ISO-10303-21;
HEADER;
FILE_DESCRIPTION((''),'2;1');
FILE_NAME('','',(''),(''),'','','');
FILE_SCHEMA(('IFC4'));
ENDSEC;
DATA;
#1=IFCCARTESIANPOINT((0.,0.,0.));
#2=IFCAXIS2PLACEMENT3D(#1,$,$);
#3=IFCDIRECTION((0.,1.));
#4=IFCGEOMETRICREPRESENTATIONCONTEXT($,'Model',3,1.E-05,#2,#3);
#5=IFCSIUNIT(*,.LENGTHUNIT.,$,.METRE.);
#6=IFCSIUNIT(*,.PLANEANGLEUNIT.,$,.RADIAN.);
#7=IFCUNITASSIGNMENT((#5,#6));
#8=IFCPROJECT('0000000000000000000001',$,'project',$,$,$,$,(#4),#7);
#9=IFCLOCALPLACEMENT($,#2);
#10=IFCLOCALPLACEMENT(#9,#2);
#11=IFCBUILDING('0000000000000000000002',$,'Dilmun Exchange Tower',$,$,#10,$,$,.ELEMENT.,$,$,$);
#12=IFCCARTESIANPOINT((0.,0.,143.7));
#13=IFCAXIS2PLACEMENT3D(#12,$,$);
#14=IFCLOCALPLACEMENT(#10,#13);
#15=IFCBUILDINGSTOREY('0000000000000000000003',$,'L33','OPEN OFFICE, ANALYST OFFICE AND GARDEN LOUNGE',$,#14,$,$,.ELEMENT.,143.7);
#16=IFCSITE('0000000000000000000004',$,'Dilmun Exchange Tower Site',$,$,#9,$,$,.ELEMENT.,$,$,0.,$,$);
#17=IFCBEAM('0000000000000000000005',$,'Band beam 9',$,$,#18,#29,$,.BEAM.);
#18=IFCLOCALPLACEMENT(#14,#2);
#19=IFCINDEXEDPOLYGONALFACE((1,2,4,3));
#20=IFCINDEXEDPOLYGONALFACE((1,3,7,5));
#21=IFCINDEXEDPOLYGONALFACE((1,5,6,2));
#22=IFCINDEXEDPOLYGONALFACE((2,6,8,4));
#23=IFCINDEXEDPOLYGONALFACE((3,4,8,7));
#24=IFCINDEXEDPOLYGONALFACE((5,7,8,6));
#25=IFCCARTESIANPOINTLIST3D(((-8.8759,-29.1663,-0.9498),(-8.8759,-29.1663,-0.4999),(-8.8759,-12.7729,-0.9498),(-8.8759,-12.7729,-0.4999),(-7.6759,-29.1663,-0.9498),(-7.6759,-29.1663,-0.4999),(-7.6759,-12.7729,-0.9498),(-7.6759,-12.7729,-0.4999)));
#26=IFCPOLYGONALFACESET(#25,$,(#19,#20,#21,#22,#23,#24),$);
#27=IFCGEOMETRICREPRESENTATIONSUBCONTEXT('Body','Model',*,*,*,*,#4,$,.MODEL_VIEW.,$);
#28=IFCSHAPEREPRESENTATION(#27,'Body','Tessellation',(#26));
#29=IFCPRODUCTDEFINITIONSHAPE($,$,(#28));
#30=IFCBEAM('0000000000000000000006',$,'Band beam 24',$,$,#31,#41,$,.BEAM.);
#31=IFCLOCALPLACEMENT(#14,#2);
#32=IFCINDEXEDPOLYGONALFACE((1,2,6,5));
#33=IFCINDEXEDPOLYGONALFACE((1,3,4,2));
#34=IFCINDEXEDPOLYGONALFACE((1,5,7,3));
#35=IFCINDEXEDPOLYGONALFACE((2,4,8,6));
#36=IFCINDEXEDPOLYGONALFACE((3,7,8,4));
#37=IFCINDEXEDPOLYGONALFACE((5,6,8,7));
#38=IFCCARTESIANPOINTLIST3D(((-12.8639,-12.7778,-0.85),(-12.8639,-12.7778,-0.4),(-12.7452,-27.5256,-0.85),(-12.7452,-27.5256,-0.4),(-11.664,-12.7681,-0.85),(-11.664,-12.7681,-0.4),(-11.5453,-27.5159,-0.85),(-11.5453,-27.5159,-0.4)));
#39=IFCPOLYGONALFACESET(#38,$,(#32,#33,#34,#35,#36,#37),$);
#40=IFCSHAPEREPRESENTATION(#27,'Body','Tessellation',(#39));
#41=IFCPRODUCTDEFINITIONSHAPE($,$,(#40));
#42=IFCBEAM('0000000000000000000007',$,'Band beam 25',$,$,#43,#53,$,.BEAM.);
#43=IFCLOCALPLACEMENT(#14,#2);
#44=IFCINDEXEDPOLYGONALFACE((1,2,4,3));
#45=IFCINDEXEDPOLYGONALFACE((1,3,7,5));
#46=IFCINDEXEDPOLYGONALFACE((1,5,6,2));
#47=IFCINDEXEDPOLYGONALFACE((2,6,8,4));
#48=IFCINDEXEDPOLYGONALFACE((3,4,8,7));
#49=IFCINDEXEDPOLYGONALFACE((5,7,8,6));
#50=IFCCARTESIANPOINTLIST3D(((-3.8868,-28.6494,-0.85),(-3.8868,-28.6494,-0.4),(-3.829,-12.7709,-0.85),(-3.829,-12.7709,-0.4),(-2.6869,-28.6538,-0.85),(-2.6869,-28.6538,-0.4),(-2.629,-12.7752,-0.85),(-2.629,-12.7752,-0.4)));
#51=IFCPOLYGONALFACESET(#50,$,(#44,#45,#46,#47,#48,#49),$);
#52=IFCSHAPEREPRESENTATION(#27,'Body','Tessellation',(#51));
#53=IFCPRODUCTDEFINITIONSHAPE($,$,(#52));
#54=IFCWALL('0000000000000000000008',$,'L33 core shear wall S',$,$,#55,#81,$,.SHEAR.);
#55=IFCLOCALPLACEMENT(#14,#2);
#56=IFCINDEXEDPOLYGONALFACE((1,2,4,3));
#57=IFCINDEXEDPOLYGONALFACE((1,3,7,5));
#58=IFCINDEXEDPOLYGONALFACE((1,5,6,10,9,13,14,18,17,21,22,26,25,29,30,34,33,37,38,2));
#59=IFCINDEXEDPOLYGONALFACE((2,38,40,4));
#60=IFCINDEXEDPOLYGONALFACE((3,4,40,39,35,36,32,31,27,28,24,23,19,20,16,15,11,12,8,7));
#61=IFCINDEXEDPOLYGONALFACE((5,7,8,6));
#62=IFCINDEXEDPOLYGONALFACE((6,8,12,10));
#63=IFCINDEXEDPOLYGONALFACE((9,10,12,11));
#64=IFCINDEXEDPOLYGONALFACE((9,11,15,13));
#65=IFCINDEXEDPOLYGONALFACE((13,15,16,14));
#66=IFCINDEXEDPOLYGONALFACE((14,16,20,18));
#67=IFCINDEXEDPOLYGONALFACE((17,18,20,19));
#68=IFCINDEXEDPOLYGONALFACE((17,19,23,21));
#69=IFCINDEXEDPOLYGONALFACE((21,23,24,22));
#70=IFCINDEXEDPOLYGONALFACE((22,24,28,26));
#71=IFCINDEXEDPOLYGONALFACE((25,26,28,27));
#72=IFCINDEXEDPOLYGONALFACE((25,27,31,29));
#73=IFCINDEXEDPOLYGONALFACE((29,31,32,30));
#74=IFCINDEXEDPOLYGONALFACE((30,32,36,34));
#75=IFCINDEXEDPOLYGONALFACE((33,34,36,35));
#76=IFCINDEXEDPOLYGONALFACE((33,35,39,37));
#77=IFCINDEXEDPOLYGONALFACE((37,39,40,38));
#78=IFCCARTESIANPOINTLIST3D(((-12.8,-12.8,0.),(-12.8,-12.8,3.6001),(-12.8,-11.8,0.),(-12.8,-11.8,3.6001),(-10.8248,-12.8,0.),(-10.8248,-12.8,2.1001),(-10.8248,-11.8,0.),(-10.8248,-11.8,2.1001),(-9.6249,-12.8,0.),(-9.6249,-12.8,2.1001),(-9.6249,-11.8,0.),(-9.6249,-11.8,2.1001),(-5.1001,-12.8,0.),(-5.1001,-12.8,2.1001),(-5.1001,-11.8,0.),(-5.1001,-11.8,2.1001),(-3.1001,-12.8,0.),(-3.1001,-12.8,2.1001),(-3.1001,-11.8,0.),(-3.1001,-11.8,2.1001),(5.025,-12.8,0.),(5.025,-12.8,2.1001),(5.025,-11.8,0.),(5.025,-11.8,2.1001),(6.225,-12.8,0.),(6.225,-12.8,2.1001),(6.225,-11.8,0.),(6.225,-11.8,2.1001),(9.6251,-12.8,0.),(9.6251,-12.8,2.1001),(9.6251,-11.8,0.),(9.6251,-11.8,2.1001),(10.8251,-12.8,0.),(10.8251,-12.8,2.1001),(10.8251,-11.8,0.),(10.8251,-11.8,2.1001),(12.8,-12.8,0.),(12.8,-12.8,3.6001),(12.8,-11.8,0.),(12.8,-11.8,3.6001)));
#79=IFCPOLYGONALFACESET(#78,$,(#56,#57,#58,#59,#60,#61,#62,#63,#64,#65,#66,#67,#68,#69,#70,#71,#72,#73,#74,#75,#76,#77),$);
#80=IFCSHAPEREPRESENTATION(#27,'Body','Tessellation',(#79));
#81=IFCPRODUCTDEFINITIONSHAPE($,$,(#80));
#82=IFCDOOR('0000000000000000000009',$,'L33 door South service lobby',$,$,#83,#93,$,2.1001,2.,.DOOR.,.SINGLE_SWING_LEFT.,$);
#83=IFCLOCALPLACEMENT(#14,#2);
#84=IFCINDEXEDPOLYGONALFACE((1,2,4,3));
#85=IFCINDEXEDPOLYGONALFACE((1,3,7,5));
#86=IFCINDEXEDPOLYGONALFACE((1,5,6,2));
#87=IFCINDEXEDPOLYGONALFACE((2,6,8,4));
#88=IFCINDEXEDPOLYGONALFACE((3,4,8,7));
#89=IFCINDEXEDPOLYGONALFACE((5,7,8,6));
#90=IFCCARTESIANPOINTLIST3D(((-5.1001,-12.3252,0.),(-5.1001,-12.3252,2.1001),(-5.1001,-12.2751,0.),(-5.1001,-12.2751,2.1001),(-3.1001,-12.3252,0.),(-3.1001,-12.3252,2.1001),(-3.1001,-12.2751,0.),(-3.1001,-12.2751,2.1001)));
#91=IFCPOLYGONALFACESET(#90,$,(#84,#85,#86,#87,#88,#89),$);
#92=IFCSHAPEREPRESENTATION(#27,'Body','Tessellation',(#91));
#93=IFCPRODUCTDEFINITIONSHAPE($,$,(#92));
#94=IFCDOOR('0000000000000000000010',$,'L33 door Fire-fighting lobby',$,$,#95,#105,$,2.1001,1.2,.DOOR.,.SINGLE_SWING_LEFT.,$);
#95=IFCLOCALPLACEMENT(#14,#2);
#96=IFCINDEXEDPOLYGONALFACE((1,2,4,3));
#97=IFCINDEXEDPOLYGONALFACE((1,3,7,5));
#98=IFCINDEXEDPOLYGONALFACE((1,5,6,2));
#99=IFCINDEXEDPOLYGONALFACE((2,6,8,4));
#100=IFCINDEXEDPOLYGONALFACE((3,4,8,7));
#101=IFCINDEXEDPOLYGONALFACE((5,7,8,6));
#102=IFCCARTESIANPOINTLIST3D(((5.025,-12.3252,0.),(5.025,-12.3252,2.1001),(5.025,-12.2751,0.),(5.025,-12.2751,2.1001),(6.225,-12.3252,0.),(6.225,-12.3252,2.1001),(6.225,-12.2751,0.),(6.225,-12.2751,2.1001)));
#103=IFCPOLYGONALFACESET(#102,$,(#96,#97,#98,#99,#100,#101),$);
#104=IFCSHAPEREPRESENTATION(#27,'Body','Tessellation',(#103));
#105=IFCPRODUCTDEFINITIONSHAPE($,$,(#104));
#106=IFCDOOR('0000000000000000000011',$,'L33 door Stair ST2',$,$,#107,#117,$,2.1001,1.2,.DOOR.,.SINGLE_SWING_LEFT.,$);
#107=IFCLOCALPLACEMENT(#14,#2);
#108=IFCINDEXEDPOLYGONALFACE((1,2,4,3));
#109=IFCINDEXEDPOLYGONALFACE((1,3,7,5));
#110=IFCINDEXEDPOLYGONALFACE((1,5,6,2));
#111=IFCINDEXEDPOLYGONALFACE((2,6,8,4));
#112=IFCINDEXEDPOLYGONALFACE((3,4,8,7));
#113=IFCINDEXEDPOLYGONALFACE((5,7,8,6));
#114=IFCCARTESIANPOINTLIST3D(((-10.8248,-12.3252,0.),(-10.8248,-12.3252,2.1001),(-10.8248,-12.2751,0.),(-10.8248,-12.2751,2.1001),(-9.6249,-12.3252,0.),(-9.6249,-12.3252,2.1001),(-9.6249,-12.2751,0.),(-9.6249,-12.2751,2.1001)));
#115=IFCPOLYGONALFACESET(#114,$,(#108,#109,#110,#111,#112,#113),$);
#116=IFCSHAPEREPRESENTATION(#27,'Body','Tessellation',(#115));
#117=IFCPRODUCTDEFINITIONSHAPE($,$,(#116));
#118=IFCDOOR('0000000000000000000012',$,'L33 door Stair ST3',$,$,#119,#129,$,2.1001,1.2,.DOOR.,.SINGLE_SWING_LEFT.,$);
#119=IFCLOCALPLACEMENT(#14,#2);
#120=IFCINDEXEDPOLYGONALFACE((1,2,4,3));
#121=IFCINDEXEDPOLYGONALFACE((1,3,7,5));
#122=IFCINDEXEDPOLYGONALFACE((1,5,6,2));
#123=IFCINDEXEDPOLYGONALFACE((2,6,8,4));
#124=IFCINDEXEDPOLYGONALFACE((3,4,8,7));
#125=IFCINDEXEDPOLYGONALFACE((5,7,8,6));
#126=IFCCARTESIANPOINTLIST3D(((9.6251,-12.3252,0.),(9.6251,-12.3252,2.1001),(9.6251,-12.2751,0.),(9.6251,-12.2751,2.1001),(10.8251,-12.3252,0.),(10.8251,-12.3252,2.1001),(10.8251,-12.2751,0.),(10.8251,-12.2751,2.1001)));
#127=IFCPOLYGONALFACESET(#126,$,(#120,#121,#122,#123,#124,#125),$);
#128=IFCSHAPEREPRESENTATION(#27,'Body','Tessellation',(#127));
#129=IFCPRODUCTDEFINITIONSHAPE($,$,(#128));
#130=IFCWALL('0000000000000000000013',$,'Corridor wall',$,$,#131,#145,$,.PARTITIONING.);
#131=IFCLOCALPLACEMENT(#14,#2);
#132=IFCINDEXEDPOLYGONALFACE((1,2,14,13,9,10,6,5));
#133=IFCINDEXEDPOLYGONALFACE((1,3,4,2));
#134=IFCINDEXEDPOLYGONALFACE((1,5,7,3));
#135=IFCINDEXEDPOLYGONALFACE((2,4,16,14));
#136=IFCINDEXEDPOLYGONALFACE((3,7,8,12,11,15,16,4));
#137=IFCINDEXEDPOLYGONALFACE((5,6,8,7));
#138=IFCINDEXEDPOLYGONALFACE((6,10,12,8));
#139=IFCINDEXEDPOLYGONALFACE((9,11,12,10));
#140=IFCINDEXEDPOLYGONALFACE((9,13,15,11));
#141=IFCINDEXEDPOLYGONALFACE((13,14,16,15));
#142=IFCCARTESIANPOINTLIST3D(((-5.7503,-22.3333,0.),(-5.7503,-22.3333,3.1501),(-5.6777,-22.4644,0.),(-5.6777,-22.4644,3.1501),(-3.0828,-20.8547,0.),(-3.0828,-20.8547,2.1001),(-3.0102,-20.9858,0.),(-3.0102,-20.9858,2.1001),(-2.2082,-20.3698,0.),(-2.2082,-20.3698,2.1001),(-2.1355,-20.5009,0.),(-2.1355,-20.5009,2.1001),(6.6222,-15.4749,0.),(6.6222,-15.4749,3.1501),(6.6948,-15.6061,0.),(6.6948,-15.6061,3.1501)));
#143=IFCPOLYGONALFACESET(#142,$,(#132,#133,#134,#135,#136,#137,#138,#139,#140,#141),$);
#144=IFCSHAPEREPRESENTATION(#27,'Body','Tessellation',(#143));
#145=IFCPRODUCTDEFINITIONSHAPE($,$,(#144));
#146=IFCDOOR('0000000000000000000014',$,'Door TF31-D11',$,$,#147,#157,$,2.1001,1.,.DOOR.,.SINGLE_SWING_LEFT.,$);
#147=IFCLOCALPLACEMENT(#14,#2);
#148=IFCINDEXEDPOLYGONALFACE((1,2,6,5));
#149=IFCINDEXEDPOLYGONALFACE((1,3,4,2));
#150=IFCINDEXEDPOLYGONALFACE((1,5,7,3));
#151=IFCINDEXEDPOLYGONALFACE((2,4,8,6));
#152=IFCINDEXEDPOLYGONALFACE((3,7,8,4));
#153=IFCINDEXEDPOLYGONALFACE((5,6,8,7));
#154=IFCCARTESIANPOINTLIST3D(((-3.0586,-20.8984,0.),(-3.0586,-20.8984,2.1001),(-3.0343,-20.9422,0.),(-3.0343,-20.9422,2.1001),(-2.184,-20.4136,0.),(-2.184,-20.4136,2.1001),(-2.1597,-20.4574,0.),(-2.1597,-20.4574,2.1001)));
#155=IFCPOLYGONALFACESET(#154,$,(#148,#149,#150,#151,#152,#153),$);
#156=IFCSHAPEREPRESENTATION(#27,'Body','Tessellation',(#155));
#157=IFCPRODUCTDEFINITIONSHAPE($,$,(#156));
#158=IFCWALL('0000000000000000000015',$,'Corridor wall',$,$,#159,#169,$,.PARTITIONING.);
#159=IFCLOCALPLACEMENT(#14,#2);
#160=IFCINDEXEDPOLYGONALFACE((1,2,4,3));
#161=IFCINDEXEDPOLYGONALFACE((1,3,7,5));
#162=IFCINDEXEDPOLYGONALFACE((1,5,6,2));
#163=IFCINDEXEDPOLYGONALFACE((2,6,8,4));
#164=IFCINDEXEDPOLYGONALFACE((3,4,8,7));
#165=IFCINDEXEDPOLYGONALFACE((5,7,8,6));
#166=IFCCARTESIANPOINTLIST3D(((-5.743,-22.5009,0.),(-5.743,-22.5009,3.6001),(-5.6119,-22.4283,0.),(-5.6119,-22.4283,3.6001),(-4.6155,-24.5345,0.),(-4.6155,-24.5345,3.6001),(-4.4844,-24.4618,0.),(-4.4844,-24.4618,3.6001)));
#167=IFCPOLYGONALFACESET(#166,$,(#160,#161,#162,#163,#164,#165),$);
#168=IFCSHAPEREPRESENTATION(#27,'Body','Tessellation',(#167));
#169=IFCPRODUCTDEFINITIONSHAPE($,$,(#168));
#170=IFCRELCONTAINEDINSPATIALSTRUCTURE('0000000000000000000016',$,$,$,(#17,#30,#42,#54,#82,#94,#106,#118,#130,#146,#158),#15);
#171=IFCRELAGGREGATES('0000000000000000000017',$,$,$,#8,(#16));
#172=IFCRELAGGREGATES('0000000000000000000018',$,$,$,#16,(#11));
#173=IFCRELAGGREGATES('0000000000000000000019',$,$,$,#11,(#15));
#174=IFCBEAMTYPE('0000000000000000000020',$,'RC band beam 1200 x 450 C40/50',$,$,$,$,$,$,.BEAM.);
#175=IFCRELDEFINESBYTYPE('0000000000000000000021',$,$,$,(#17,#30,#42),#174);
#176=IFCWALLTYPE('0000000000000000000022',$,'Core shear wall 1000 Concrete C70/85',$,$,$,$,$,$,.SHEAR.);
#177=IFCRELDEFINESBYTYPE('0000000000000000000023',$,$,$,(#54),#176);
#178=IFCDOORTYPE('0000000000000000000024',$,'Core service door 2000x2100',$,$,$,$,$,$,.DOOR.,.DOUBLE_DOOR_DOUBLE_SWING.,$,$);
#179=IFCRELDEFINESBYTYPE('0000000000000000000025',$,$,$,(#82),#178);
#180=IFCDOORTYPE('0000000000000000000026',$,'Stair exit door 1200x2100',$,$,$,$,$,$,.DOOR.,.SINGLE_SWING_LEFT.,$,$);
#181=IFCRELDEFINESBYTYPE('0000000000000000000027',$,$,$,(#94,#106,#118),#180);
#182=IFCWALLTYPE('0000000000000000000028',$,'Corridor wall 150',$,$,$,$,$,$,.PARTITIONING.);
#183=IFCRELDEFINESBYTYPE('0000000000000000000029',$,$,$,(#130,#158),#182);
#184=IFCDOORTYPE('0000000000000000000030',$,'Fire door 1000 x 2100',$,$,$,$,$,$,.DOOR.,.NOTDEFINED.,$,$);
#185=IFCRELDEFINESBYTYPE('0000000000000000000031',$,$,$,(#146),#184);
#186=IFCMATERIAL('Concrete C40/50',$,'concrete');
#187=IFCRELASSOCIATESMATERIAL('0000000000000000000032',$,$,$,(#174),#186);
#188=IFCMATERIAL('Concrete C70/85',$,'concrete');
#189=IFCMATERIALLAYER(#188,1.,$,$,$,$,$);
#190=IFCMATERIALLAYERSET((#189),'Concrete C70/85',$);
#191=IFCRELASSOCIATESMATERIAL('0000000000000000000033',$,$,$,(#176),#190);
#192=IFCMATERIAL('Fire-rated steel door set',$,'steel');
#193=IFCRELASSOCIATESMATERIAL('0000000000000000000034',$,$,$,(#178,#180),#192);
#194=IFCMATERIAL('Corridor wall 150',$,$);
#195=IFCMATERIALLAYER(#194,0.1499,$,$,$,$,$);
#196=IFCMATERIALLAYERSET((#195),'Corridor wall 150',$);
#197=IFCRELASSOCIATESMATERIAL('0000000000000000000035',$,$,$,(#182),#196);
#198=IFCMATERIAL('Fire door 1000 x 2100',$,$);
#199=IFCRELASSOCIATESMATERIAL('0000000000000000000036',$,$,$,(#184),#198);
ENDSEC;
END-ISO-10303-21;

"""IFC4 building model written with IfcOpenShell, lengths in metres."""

from ifc_helpers import new_model, si_unit, direction, frame, frame_2d, origin, origin_2d, place, context, subcontext, project, spatial, rectangle, extrude, material, layer, layer_set, material_profile, profile_set, type_object, element, fill, save


model = new_model("IFC4")

# Units and contexts
model_context = context("Model", 3, precision=1e-05, world=origin(), true_north=direction((0.0, 1.0)))
body_context = subcontext(model_context, "Body", "Model", "MODEL_VIEW")
ifc_project = project(units=[si_unit("LENGTHUNIT", "METRE"), si_unit("PLANEANGLEUNIT", "RADIAN")], contexts=[model_context])

# Site, building, storey
site_placement = place(None, origin())
site = spatial("IfcSite", under=ifc_project, at=site_placement, Name="Dilmun Exchange Tower Site", CompositionType="ELEMENT", RefElevation=0.0)
building_placement = place(site_placement, origin())
building = spatial("IfcBuilding", under=site, at=building_placement, Name="Dilmun Exchange Tower", CompositionType="ELEMENT")
storey_placement = place(building_placement, frame((0.0, 0.0, 143.7)))
storey = spatial("IfcBuildingStorey", under=building, at=storey_placement, Name="L33", Description="OPEN OFFICE, ANALYST OFFICE AND GARDEN LOUNGE", CompositionType="ELEMENT", Elevation=143.7)

# Beams
ifc_material_1 = material(Name="Concrete C40/50", Category="concrete")
ifc_material_profile = material_profile(ifc_material_1, rectangle(XDim=1.2, YDim=0.45, at=origin_2d()), Name="1200 x 450")
ifc_profile_set = profile_set([ifc_material_profile], Name="Concrete C40/50")
beam_type = type_object("IfcBeamType", Name="RC band beam 1200 x 450 C40/50", PredefinedType="BEAM", material=ifc_profile_set)
beam_1_placement = place(storey_placement, frame((-8.2759, -29.1663, -0.7249), z_axis=(0.0, 1.0, 0.0), x_axis=(-1.0, 0.0, 0.0)))
element("IfcBeam", 1, at=beam_1_placement, inside=storey, type_object=beam_type, Name="Band beam 9", PredefinedType="BEAM", context=body_context, shape_type="SweptSolid", body=[
    extrude(rectangle(XDim=1.2, YDim=0.45, at=origin_2d()), origin(), (0.0, 0.0, 1.0), 16.3933),
])
beam_2_placement = place(storey_placement, frame((-12.1453, -27.5208, -0.625), z_axis=(-0.008045, 0.999968, 0.0), x_axis=(-0.999968, -0.008045, 0.0)))
element("IfcBeam", 2, at=beam_2_placement, inside=storey, type_object=beam_type, Name="Band beam 24", PredefinedType="BEAM", context=body_context, shape_type="SweptSolid", body=[
    extrude(rectangle(XDim=1.2, YDim=0.45, at=origin_2d()), origin(), (0.0, 0.0, 1.0), 14.7483),
])
beam_3_placement = place(storey_placement, frame((-3.2869, -28.6516, -0.625), z_axis=(0.003644, 0.999993, 0.0), x_axis=(-0.999993, 0.003644, 0.0)))
element("IfcBeam", 3, at=beam_3_placement, inside=storey, type_object=beam_type, Name="Band beam 25", PredefinedType="BEAM", context=body_context, shape_type="SweptSolid", body=[
    extrude(rectangle(XDim=1.2, YDim=0.45, at=origin_2d()), origin(), (0.0, 0.0, 1.0), 15.8787),
])

# Wall, openings, doors
ifc_material_2 = material(Name="Concrete C70/85", Category="concrete")
ifc_layer_1 = layer(ifc_material_2, 1.0)
ifc_layer_set_1 = layer_set([ifc_layer_1], Name="Concrete C70/85")
wall_type_1 = type_object("IfcWallType", Name="Core shear wall 1000 Concrete C70/85", PredefinedType="SHEAR", material=ifc_layer_set_1)
wall_1_placement = place(storey_placement, frame((-12.8, -12.3, 0.0), z_axis=(0.0, 0.0, 1.0), x_axis=(1.0, 0.0, 0.0)))
wall_1 = element("IfcWall", 4, at=wall_1_placement, inside=storey, type_object=wall_type_1, Name="L33 core shear wall S", PredefinedType="SHEAR", context=body_context, shape_type="SweptSolid", body=[
    extrude(rectangle(XDim=25.6001, YDim=1.0, at=frame_2d((12.8, 0.0))), origin(), (0.0, 0.0, 1.0), 3.6001),
])
opening_1_placement = place(wall_1_placement, frame((7.7, 0.0, 0.0)))
opening_1 = element("IfcOpeningElement", 5, at=opening_1_placement, cuts=wall_1, PredefinedType="OPENING", context=body_context, shape_type="SweptSolid", body=[
    extrude(rectangle(XDim=2.0, YDim=2.1001, at=frame_2d((1.0, 1.05))), frame((0.0, 0.51, 0.0), z_axis=(0.0, -1.0, 0.0), x_axis=(1.0, 0.0, 0.0)), (0.0, 0.0, 1.0), 1.02),
])
opening_2_placement = place(wall_1_placement, frame((17.825, 0.0, 0.0)))
opening_2 = element("IfcOpeningElement", 6, at=opening_2_placement, cuts=wall_1, PredefinedType="OPENING", context=body_context, shape_type="SweptSolid", body=[
    extrude(rectangle(XDim=1.2, YDim=2.1001, at=frame_2d((0.6001, 1.05))), frame((0.0, 0.51, 0.0), z_axis=(0.0, -1.0, 0.0), x_axis=(1.0, 0.0, 0.0)), (0.0, 0.0, 1.0), 1.02),
])
opening_3_placement = place(wall_1_placement, frame((1.9751, 0.0, 0.0)))
opening_3 = element("IfcOpeningElement", 7, at=opening_3_placement, cuts=wall_1, PredefinedType="OPENING", context=body_context, shape_type="SweptSolid", body=[
    extrude(rectangle(XDim=1.2, YDim=2.1001, at=frame_2d((0.6001, 1.05))), frame((0.0, 0.51, 0.0), z_axis=(0.0, -1.0, 0.0), x_axis=(1.0, 0.0, 0.0)), (0.0, 0.0, 1.0), 1.02),
])
opening_4_placement = place(wall_1_placement, frame((22.425, 0.0, 0.0)))
opening_4 = element("IfcOpeningElement", 8, at=opening_4_placement, cuts=wall_1, PredefinedType="OPENING", context=body_context, shape_type="SweptSolid", body=[
    extrude(rectangle(XDim=1.2, YDim=2.1001, at=frame_2d((0.6001, 1.05))), frame((0.0, 0.51, 0.0), z_axis=(0.0, -1.0, 0.0), x_axis=(1.0, 0.0, 0.0)), (0.0, 0.0, 1.0), 1.02),
])
ifc_material_3 = material(Name="Fire-rated steel door set", Category="steel")
door_type_1 = type_object("IfcDoorType", Name="Core service door 2000x2100", OperationType="DOUBLE_DOOR_DOUBLE_SWING", PredefinedType="DOOR", material=ifc_material_3)
door_1_placement = place(opening_1_placement, origin())
door_1 = element("IfcDoor", 9, at=door_1_placement, inside=storey, type_object=door_type_1, Name="L33 door South service lobby", OperationType="SINGLE_SWING_LEFT", OverallHeight=2.1001, OverallWidth=2.0, PredefinedType="DOOR", context=body_context, shape_type="SweptSolid", body=[
    extrude(rectangle(XDim=2.0, YDim=2.1001, at=frame_2d((1.0, 1.05))), frame((0.0, 0.0249, 0.0), z_axis=(0.0, -1.0, 0.0), x_axis=(1.0, 0.0, 0.0)), (0.0, 0.0, 1.0), 0.05),
])
fill(opening_1, door_1)
door_type_2 = type_object("IfcDoorType", Name="Stair exit door 1200x2100", OperationType="SINGLE_SWING_LEFT", PredefinedType="DOOR", material=ifc_material_3)
door_2_placement = place(opening_2_placement, origin())
door_2 = element("IfcDoor", 10, at=door_2_placement, inside=storey, type_object=door_type_2, Name="L33 door Fire-fighting lobby", OperationType="SINGLE_SWING_LEFT", OverallHeight=2.1001, OverallWidth=1.2, PredefinedType="DOOR", context=body_context, shape_type="SweptSolid", body=[
    extrude(rectangle(XDim=1.2, YDim=2.1001, at=frame_2d((0.6001, 1.05))), frame((0.0, 0.0249, 0.0), z_axis=(0.0, -1.0, 0.0), x_axis=(1.0, 0.0, 0.0)), (0.0, 0.0, 1.0), 0.05),
])
fill(opening_2, door_2)
door_3_placement = place(opening_3_placement, origin())
door_3 = element("IfcDoor", 11, at=door_3_placement, inside=storey, type_object=door_type_2, Name="L33 door Stair ST2", OperationType="SINGLE_SWING_LEFT", OverallHeight=2.1001, OverallWidth=1.2, PredefinedType="DOOR", context=body_context, shape_type="SweptSolid", body=[
    extrude(rectangle(XDim=1.2, YDim=2.1001, at=frame_2d((0.6001, 1.05))), frame((0.0, 0.0249, 0.0), z_axis=(0.0, -1.0, 0.0), x_axis=(1.0, 0.0, 0.0)), (0.0, 0.0, 1.0), 0.05),
])
fill(opening_3, door_3)
door_4_placement = place(opening_4_placement, origin())
door_4 = element("IfcDoor", 12, at=door_4_placement, inside=storey, type_object=door_type_2, Name="L33 door Stair ST3", OperationType="SINGLE_SWING_LEFT", OverallHeight=2.1001, OverallWidth=1.2, PredefinedType="DOOR", context=body_context, shape_type="SweptSolid", body=[
    extrude(rectangle(XDim=1.2, YDim=2.1001, at=frame_2d((0.6001, 1.05))), frame((0.0, 0.0249, 0.0), z_axis=(0.0, -1.0, 0.0), x_axis=(1.0, 0.0, 0.0)), (0.0, 0.0, 1.0), 0.05),
])
fill(opening_4, door_4)

# Wall, opening, door
ifc_material_4 = material(Name="Corridor wall 150")
ifc_layer_2 = layer(ifc_material_4, 0.1499)
ifc_layer_set_2 = layer_set([ifc_layer_2], Name="Corridor wall 150")
wall_type_2 = type_object("IfcWallType", Name="Corridor wall 150", PredefinedType="PARTITIONING", material=ifc_layer_set_2)
wall_2_placement = place(storey_placement, frame((-5.7141, -22.3989, 0.0), z_axis=(0.0, 0.0, 1.0), x_axis=(0.874614, 0.484819, 0.0)))
wall_2 = element("IfcWall", 13, at=wall_2_placement, inside=storey, type_object=wall_type_2, Name="Corridor wall", PredefinedType="PARTITIONING", context=body_context, shape_type="SweptSolid", body=[
    extrude(rectangle(XDim=14.1462, YDim=0.1499, at=frame_2d((7.0732, 0.0))), origin(), (0.0, 0.0, 1.0), 3.1501),
])
opening_5_placement = place(wall_2_placement, frame((3.05, 0.0, 0.0)))
opening_5 = element("IfcOpeningElement", 14, at=opening_5_placement, cuts=wall_2, PredefinedType="OPENING", context=body_context, shape_type="SweptSolid", body=[
    extrude(rectangle(XDim=1.0, YDim=2.1001, at=frame_2d((0.5, 1.05))), frame((0.0, 0.085, 0.0), z_axis=(0.0, -1.0, 0.0), x_axis=(1.0, 0.0, 0.0)), (0.0, 0.0, 1.0), 0.1699),
])
ifc_material_5 = material(Name="Fire door 1000 x 2100")
door_type_3 = type_object("IfcDoorType", Name="Fire door 1000 x 2100", OperationType="NOTDEFINED", PredefinedType="DOOR", material=ifc_material_5)
door_5_placement = place(opening_5_placement, origin())
door_5 = element("IfcDoor", 15, at=door_5_placement, inside=storey, type_object=door_type_3, Name="Door TF31-D11", OperationType="SINGLE_SWING_LEFT", OverallHeight=2.1001, OverallWidth=1.0, PredefinedType="DOOR", context=body_context, shape_type="SweptSolid", body=[
    extrude(rectangle(XDim=1.0, YDim=2.1001, at=frame_2d((0.5, 1.05))), frame((0.0, 0.0249, 0.0), z_axis=(0.0, -1.0, 0.0), x_axis=(1.0, 0.0, 0.0)), (0.0, 0.0, 1.0), 0.05),
])
fill(opening_5, door_5)

# Wall
wall_3_placement = place(storey_placement, frame((-5.6775, -22.4646, 0.0), z_axis=(0.0, 0.0, 1.0), x_axis=(0.484903, -0.874568, 0.0)))
element("IfcWall", 16, at=wall_3_placement, inside=storey, type_object=wall_type_2, Name="Corridor wall", PredefinedType="PARTITIONING", context=body_context, shape_type="SweptSolid", body=[
    extrude(rectangle(XDim=2.3252, YDim=0.1499, at=frame_2d((1.1626, 0.0))), origin(), (0.0, 0.0, 1.0), 3.6001),
])

save(model, "model.ifc")
